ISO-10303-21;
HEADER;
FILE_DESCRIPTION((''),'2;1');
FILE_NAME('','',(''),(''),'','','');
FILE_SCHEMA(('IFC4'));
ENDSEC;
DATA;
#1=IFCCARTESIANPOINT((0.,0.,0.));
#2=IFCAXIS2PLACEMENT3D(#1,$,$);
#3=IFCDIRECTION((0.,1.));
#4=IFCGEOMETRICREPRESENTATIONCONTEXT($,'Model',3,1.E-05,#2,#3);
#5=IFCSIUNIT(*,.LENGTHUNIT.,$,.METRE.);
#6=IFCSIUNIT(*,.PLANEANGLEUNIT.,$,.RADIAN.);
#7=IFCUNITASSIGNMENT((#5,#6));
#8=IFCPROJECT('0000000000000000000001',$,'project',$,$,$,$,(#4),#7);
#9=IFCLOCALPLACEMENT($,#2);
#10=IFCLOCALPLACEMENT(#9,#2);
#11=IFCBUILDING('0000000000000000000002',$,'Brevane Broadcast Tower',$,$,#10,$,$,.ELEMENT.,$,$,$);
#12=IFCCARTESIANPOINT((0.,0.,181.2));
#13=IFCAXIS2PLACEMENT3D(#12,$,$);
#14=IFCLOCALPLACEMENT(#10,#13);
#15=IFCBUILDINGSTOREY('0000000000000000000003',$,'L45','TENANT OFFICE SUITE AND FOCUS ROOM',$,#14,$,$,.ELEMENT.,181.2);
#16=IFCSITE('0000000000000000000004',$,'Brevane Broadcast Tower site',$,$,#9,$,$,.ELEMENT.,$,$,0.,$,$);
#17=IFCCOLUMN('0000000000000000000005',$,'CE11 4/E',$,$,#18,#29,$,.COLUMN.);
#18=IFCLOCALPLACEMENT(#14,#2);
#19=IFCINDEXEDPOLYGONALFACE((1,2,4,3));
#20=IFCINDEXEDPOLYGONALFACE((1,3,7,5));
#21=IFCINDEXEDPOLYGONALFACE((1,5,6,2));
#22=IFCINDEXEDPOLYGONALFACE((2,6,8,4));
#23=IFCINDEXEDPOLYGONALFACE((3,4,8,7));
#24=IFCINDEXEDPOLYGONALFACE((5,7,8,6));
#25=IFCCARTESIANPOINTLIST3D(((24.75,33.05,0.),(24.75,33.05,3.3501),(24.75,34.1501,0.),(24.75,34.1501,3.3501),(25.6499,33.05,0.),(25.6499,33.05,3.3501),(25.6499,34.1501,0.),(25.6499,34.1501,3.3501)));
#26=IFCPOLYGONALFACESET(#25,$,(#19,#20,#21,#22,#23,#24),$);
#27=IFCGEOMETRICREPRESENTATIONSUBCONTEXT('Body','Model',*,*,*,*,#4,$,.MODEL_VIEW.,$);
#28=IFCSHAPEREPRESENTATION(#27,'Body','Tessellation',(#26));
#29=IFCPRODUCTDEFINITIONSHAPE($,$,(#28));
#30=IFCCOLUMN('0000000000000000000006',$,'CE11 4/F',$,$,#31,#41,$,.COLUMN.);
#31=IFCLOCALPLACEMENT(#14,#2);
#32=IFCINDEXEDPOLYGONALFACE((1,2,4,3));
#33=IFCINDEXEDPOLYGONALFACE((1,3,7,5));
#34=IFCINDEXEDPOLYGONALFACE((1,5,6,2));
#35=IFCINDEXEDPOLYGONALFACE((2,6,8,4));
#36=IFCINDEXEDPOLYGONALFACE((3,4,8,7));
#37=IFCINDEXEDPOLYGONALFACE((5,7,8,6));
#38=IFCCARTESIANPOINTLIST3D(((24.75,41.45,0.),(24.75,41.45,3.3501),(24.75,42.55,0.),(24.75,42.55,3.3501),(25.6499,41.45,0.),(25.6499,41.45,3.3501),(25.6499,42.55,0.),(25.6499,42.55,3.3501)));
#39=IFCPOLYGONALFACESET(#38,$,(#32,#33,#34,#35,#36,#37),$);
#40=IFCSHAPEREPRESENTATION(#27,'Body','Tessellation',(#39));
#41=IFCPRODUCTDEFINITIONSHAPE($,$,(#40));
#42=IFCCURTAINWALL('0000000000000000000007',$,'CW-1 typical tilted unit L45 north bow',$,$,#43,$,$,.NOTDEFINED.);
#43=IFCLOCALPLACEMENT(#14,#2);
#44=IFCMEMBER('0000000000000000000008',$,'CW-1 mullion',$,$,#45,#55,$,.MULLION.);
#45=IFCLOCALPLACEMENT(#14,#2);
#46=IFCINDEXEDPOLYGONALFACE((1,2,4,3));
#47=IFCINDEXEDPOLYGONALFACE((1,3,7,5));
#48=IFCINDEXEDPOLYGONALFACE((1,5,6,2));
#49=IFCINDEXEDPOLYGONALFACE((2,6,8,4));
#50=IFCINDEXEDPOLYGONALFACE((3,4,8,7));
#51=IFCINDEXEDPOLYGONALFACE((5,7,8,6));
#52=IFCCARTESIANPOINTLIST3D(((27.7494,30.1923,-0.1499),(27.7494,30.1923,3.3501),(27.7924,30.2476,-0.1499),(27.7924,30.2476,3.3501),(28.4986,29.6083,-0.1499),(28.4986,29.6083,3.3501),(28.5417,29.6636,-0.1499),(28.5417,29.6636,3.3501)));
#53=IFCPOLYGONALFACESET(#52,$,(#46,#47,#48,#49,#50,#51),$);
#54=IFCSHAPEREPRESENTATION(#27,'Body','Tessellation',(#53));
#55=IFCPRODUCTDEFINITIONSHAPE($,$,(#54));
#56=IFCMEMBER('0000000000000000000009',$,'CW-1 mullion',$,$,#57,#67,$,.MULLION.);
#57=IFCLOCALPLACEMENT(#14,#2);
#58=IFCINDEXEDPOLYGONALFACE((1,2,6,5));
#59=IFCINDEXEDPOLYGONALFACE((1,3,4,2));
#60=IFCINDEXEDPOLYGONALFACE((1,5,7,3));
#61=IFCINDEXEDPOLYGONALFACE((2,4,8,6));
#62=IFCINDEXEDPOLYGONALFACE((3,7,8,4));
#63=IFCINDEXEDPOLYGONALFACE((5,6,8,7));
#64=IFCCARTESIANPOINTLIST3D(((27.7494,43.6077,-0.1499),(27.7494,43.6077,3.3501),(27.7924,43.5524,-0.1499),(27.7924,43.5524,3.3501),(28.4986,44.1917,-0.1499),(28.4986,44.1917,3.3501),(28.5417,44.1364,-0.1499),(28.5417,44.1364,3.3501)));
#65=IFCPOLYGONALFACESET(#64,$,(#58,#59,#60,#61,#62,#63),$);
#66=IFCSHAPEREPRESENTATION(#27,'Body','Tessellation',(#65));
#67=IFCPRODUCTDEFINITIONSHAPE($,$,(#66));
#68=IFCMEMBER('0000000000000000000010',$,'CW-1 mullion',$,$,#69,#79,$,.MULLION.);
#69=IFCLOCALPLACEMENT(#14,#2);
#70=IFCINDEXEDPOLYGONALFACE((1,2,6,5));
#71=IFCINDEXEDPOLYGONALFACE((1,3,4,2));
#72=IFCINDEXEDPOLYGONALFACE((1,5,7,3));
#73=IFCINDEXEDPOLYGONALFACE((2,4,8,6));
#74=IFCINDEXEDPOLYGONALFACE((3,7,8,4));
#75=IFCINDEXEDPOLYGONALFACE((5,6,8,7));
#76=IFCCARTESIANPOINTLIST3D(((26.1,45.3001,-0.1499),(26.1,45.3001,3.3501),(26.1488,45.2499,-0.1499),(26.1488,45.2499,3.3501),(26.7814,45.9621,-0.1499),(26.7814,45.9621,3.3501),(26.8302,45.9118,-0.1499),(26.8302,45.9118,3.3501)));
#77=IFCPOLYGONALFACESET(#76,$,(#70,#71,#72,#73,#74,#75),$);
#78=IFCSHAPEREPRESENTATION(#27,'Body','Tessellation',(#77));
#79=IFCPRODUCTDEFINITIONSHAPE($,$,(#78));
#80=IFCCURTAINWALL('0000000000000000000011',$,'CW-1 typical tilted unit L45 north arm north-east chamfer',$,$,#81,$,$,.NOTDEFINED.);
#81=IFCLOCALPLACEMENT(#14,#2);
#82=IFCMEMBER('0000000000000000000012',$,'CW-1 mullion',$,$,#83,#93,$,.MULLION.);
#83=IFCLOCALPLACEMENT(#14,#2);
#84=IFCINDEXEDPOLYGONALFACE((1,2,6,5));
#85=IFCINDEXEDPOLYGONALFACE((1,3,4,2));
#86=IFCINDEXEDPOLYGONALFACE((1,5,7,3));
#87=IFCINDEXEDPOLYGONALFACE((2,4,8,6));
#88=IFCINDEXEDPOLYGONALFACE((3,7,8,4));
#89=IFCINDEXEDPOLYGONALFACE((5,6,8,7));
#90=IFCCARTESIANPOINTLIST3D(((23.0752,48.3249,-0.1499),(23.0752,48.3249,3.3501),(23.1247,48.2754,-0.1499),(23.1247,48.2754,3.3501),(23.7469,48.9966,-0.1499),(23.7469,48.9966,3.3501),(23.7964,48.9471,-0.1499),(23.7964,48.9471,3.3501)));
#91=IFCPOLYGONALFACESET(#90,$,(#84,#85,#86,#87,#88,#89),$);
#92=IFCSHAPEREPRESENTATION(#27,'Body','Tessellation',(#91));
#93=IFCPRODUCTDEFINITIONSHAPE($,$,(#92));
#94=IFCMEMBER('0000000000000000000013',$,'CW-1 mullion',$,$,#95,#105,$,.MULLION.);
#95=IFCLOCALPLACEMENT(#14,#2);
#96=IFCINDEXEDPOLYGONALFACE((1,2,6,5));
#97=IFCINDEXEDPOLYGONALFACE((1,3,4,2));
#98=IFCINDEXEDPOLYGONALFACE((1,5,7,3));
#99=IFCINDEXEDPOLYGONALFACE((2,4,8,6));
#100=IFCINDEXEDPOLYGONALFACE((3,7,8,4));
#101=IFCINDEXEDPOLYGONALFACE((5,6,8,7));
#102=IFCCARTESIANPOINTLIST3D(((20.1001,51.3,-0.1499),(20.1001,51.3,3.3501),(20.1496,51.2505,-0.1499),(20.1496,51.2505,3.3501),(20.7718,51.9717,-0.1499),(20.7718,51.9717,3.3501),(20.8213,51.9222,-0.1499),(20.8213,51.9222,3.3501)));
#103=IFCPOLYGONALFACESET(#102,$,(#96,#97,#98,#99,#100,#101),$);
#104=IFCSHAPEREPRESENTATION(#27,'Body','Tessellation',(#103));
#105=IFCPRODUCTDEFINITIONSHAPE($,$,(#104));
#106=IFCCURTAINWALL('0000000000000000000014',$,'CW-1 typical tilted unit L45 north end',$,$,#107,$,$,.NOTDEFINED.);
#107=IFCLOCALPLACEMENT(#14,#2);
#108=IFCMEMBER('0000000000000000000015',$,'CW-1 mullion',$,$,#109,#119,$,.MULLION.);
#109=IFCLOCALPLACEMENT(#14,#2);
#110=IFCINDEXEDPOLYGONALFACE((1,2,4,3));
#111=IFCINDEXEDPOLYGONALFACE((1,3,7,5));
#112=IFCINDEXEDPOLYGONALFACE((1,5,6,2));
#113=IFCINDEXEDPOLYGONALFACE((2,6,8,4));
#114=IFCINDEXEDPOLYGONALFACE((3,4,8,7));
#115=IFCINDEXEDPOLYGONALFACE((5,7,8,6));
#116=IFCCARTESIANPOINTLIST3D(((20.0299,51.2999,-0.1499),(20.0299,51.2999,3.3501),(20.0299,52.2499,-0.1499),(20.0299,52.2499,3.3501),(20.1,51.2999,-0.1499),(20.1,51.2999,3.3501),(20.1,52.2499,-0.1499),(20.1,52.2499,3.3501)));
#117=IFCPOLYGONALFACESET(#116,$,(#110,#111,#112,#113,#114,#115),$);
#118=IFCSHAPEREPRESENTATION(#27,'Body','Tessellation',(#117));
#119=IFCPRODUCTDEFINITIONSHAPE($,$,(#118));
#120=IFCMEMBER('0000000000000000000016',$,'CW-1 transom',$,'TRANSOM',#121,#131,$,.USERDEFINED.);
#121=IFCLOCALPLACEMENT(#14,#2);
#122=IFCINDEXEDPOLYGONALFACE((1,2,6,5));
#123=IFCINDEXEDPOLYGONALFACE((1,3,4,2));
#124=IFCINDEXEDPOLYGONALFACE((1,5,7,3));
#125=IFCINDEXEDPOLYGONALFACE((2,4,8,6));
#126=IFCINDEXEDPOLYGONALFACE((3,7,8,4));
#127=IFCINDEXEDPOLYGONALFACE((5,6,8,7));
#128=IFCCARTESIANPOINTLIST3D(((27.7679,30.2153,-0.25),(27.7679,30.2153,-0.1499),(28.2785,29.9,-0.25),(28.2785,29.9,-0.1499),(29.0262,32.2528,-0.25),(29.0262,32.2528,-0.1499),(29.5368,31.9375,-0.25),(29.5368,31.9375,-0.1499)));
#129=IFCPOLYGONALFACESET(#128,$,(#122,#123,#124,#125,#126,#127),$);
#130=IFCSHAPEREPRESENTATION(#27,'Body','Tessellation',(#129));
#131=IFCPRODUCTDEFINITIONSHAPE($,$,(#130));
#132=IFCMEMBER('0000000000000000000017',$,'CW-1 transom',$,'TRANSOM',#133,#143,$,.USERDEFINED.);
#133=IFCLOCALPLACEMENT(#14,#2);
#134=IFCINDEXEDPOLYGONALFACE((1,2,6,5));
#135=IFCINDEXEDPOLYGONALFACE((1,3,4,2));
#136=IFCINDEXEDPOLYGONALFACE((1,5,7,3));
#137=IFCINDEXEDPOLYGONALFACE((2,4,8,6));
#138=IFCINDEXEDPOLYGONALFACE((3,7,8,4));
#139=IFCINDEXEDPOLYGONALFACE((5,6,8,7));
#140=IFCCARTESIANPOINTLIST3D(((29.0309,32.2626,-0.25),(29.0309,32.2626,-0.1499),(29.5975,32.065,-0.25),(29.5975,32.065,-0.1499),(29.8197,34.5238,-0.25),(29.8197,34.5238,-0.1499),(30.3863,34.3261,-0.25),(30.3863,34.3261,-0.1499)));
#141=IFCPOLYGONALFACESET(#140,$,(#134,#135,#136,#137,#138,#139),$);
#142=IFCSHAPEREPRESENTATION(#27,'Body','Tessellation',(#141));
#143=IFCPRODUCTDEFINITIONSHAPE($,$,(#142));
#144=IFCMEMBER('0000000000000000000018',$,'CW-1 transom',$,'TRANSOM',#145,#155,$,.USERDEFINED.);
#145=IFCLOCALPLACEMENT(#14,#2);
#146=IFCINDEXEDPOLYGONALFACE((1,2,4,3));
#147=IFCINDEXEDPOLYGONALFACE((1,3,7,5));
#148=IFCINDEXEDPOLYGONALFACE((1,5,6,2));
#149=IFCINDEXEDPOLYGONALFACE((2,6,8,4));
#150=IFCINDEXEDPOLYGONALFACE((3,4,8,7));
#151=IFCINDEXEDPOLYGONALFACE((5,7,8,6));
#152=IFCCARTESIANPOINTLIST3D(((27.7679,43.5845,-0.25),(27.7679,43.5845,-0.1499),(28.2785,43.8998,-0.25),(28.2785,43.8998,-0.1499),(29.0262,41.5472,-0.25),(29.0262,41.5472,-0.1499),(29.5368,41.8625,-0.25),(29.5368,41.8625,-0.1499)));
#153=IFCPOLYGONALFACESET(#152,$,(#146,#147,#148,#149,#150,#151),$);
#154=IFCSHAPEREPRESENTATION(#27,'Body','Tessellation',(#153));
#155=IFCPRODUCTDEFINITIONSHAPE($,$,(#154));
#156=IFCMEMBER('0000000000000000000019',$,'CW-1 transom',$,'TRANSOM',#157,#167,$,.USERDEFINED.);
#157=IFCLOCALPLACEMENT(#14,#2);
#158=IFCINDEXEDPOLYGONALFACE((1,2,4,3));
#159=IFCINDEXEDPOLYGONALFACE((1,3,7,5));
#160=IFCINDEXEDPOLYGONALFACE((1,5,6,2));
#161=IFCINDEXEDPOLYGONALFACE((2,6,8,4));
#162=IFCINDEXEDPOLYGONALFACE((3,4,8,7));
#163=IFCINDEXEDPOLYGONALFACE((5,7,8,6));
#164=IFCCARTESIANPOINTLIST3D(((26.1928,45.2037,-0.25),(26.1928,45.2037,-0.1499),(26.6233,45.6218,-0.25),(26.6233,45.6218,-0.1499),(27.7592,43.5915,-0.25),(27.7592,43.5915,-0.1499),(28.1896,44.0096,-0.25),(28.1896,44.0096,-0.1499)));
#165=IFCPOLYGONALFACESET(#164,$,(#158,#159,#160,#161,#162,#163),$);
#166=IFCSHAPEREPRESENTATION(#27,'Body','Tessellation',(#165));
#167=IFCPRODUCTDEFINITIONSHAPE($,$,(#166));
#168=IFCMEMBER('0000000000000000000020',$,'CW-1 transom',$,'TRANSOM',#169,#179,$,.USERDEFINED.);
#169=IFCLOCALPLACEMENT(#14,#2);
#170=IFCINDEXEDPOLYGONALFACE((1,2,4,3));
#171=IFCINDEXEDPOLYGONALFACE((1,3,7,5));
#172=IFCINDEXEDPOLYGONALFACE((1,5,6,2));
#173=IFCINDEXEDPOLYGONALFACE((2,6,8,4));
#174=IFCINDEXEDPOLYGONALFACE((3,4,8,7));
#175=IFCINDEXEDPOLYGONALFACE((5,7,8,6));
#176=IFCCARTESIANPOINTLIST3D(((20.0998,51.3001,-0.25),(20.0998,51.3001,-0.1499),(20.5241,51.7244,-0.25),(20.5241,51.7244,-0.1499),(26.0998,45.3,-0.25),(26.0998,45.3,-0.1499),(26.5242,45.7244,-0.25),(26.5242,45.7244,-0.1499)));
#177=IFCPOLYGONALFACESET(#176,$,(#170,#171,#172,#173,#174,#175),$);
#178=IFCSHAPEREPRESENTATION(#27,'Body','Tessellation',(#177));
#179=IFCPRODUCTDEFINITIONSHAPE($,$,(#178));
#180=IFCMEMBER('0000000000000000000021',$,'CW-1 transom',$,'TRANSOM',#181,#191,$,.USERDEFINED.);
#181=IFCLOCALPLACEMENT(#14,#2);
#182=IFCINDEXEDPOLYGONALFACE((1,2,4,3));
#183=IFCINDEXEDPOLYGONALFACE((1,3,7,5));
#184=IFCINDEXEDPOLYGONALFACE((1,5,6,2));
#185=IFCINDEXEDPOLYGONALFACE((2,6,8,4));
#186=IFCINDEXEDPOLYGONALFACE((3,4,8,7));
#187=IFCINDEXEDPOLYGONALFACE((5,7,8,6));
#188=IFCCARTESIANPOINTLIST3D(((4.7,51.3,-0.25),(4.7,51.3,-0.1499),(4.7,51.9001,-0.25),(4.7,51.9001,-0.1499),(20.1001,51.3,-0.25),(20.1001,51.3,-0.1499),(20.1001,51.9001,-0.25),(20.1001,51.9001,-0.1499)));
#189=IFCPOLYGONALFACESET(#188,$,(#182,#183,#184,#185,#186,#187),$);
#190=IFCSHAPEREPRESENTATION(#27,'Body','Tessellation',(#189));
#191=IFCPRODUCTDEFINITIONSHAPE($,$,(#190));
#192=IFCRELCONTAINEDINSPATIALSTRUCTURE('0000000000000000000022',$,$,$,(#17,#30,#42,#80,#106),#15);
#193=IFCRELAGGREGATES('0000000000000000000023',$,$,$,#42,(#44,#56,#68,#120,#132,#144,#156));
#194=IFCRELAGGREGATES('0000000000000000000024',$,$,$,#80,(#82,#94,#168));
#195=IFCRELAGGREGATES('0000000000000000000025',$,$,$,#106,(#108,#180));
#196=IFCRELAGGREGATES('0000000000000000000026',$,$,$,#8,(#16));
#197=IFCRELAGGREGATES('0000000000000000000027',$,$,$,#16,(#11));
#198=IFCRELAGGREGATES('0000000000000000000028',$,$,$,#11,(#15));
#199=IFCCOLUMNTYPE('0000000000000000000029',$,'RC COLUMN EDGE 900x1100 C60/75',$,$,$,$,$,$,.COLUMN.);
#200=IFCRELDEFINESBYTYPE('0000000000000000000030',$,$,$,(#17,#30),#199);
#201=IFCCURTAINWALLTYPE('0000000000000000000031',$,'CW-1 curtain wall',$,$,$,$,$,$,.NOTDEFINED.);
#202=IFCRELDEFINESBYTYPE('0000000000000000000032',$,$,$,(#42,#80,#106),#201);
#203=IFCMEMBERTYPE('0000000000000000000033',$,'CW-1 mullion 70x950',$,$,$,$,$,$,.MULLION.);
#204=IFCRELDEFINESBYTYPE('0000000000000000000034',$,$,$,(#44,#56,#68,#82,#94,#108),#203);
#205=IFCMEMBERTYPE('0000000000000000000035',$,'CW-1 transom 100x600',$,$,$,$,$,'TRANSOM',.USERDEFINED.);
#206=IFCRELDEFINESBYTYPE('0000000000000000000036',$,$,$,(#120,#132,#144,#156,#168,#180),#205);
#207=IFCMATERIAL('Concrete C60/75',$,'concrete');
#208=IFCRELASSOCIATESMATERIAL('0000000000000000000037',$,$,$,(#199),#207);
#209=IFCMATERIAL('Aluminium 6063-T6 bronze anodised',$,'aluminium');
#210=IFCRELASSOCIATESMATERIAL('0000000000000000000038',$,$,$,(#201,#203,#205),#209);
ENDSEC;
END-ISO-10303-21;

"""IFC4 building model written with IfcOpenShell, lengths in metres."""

from ifc_helpers import new_model, si_unit, direction, frame, origin, origin_2d, place, context, subcontext, project, spatial, rectangle, extrude, material, material_profile, profile_set, type_object, element, aggregate, save


model = new_model("IFC4")

# Units and contexts
model_context = context("Model", 3, precision=1e-05, world=origin(), true_north=direction((0.0, 1.0)))
body_context = subcontext(model_context, "Body", "Model", "MODEL_VIEW")
ifc_project = project(units=[si_unit("LENGTHUNIT", "METRE"), si_unit("PLANEANGLEUNIT", "RADIAN")], contexts=[model_context])

# Site, building, storey
site_placement = place(None, origin())
site = spatial("IfcSite", under=ifc_project, at=site_placement, Name="Brevane Broadcast Tower site", CompositionType="ELEMENT", RefElevation=0.0)
building_placement = place(site_placement, origin())
building = spatial("IfcBuilding", under=site, at=building_placement, Name="Brevane Broadcast Tower", CompositionType="ELEMENT")
storey_placement = place(building_placement, frame((0.0, 0.0, 181.2)))
storey = spatial("IfcBuildingStorey", under=building, at=storey_placement, Name="L45", Description="TENANT OFFICE SUITE AND FOCUS ROOM", CompositionType="ELEMENT", Elevation=181.2)

# Columns
ifc_material_1 = material(Name="Concrete C60/75", Category="concrete")
ifc_material_profile_1 = material_profile(ifc_material_1, rectangle(XDim=0.8999, YDim=1.1001, at=origin_2d()), Name="RC 900x1100")
ifc_profile_set_1 = profile_set([ifc_material_profile_1], Name="Concrete C60/75")
column_type = type_object("IfcColumnType", Name="RC COLUMN EDGE 900x1100 C60/75", PredefinedType="COLUMN", material=ifc_profile_set_1)
for number, where, z_axis, x_axis, name in (
    (1, (25.2, 33.6001, 0.0), (0.0, 0.0, 1.0), (1.0, 0.0, 0.0), "CE11 4/E"),
    (2, (25.2, 42.0, 0.0), (0.0, 0.0, 1.0), (1.0, 0.0, 0.0), "CE11 4/F"),
):
    element("IfcColumn", number, at=place(storey_placement, frame(where, z_axis=z_axis, x_axis=x_axis)), inside=storey, type_object=column_type, Name=name, PredefinedType="COLUMN", context=body_context, shape_type="SweptSolid", body=[
        extrude(rectangle(XDim=0.8999, YDim=1.1001, at=origin_2d()), origin(), (0.0, 0.0, 1.0), 3.3501),
    ])

# Curtain walls, members
ifc_material_2 = material(Name="Aluminium 6063-T6 bronze anodised", Category="aluminium")
curtain_wall_type = type_object("IfcCurtainWallType", Name="CW-1 curtain wall", PredefinedType="NOTDEFINED", material=ifc_material_2)
curtain_wall_1_placement = place(storey_placement, origin())
curtain_wall_1 = element("IfcCurtainWall", 3, at=curtain_wall_1_placement, inside=storey, type_object=curtain_wall_type, Name="CW-1 typical tilted unit L45 north bow", PredefinedType="NOTDEFINED")
ifc_material_profile_2 = material_profile(ifc_material_2, rectangle(XDim=0.95, YDim=0.0701, at=origin_2d()), Name="RECT 70x950")
ifc_profile_set_2 = profile_set([ifc_material_profile_2], Name="Aluminium 6063-T6 bronze anodised")
member_type_1 = type_object("IfcMemberType", Name="CW-1 mullion 70x950", PredefinedType="MULLION", material=ifc_profile_set_2)
member_1_placement = place(storey_placement, frame((28.1455, 29.928, -0.1499), z_axis=(0.0, 0.0, 1.0), x_axis=(-0.788707, 0.61477, 0.0)))
member_1 = element("IfcMember", 4, at=member_1_placement, type_object=member_type_1, Name="CW-1 mullion", PredefinedType="MULLION", context=body_context, shape_type="SweptSolid", body=[
    extrude(rectangle(XDim=0.95, YDim=0.0701, at=origin_2d()), origin(), (0.0, 0.0, 1.0), 3.5),
])
member_2_placement = place(storey_placement, frame((28.1455, 43.8721, -0.1499), z_axis=(0.0, 0.0, 1.0), x_axis=(-0.788707, -0.61477, 0.0)))
member_2 = element("IfcMember", 5, at=member_2_placement, type_object=member_type_1, Name="CW-1 mullion", PredefinedType="MULLION", context=body_context, shape_type="SweptSolid", body=[
    extrude(rectangle(XDim=0.95, YDim=0.0701, at=origin_2d()), origin(), (0.0, 0.0, 1.0), 3.5),
])
member_3_placement = place(storey_placement, frame((26.4651, 45.606, -0.1499), z_axis=(0.0, 0.0, 1.0), x_axis=(-0.717254, -0.696812, 0.0)))
member_3 = element("IfcMember", 6, at=member_3_placement, type_object=member_type_1, Name="CW-1 mullion", PredefinedType="MULLION", context=body_context, shape_type="SweptSolid", body=[
    extrude(rectangle(XDim=0.95, YDim=0.0701, at=origin_2d()), origin(), (0.0, 0.0, 1.0), 3.5),
])
curtain_wall_2_placement = place(storey_placement, origin())
curtain_wall_2 = element("IfcCurtainWall", 7, at=curtain_wall_2_placement, inside=storey, type_object=curtain_wall_type, Name="CW-1 typical tilted unit L45 north arm north-east chamfer", PredefinedType="NOTDEFINED")
member_4_placement = place(storey_placement, frame((23.4358, 48.636, -0.1499), z_axis=(0.0, 0.0, 1.0), x_axis=(-0.707107, -0.707107, 0.0)))
member_4 = element("IfcMember", 8, at=member_4_placement, type_object=member_type_1, Name="CW-1 mullion", PredefinedType="MULLION", context=body_context, shape_type="SweptSolid", body=[
    extrude(rectangle(XDim=0.95, YDim=0.0701, at=origin_2d()), origin(), (0.0, 0.0, 1.0), 3.5),
])
member_5_placement = place(storey_placement, frame((20.4607, 51.6111, -0.1499), z_axis=(0.0, 0.0, 1.0), x_axis=(-0.707107, -0.707107, 0.0)))
member_5 = element("IfcMember", 9, at=member_5_placement, type_object=member_type_1, Name="CW-1 mullion", PredefinedType="MULLION", context=body_context, shape_type="SweptSolid", body=[
    extrude(rectangle(XDim=0.95, YDim=0.0701, at=origin_2d()), origin(), (0.0, 0.0, 1.0), 3.5),
])

# Curtain wall, member
curtain_wall_3_placement = place(storey_placement, origin())
curtain_wall_3 = element("IfcCurtainWall", 10, at=curtain_wall_3_placement, inside=storey, type_object=curtain_wall_type, Name="CW-1 typical tilted unit L45 north end", PredefinedType="NOTDEFINED")
member_6_placement = place(storey_placement, frame((20.0649, 51.7749, -0.1499), z_axis=(0.0, 0.0, 1.0), x_axis=(0.0, -1.0, 0.0)))
member_6 = element("IfcMember", 11, at=member_6_placement, type_object=member_type_1, Name="CW-1 mullion", PredefinedType="MULLION", context=body_context, shape_type="SweptSolid", body=[
    extrude(rectangle(XDim=0.95, YDim=0.0701, at=origin_2d()), origin(), (0.0, 0.0, 1.0), 3.5),
])

# Members
ifc_material_profile_3 = material_profile(ifc_material_2, rectangle(XDim=0.6001, YDim=0.1001, at=origin_2d()), Name="RECT 100x600")
ifc_profile_set_3 = profile_set([ifc_material_profile_3], Name="Aluminium 6063-T6 bronze anodised")
member_type_2 = type_object("IfcMemberType", Name="CW-1 transom 100x600", ElementType="TRANSOM", PredefinedType="USERDEFINED", material=ifc_profile_set_3)
member_7_placement = place(storey_placement, frame((28.0232, 30.0576, -0.2), z_axis=(0.525428, 0.850838, 0.0), x_axis=(-0.850838, 0.525428, 0.0)))
member_7 = element("IfcMember", 12, at=member_7_placement, type_object=member_type_2, Name="CW-1 transom", ObjectType="TRANSOM", PredefinedType="USERDEFINED", context=body_context, shape_type="SweptSolid", body=[
    extrude(rectangle(XDim=0.6001, YDim=0.1001, at=origin_2d()), origin(), (0.0, 0.0, 1.0), 2.3948),
])
member_8_placement = place(storey_placement, frame((29.3142, 32.1638, -0.2), z_axis=(0.329378, 0.944198, 0.0), x_axis=(-0.944198, 0.329378, 0.0)))
member_8 = element("IfcMember", 13, at=member_8_placement, type_object=member_type_2, Name="CW-1 transom", ObjectType="TRANSOM", PredefinedType="USERDEFINED", context=body_context, shape_type="SweptSolid", body=[
    extrude(rectangle(XDim=0.6001, YDim=0.1001, at=origin_2d()), origin(), (0.0, 0.0, 1.0), 2.3948),
])
member_9_placement = place(storey_placement, frame((29.2815, 41.7048, -0.2), z_axis=(-0.525473, 0.85081, 0.0), x_axis=(-0.85081, -0.525473, 0.0)))
member_9 = element("IfcMember", 14, at=member_9_placement, type_object=member_type_2, Name="CW-1 transom", ObjectType="TRANSOM", PredefinedType="USERDEFINED", context=body_context, shape_type="SweptSolid", body=[
    extrude(rectangle(XDim=0.6001, YDim=0.1001, at=origin_2d()), origin(), (0.0, 0.0, 1.0), 2.3945),
])
member_10_placement = place(storey_placement, frame((27.9744, 43.8005, -0.2), z_axis=(-0.696824, 0.717242, 0.0), x_axis=(-0.717242, -0.696824, 0.0)))
member_10 = element("IfcMember", 15, at=member_10_placement, type_object=member_type_2, Name="CW-1 transom", ObjectType="TRANSOM", PredefinedType="USERDEFINED", context=body_context, shape_type="SweptSolid", body=[
    extrude(rectangle(XDim=0.6001, YDim=0.1001, at=origin_2d()), origin(), (0.0, 0.0, 1.0), 2.2478),
])
aggregate(curtain_wall_1, [member_1, member_2, member_3, member_7, member_8, member_9, member_10])
member_11_placement = place(storey_placement, frame((26.312, 45.5122, -0.2), z_axis=(-0.707107, 0.707107, 0.0), x_axis=(-0.707107, -0.707107, 0.0)))
member_11 = element("IfcMember", 16, at=member_11_placement, type_object=member_type_2, Name="CW-1 transom", ObjectType="TRANSOM", PredefinedType="USERDEFINED", context=body_context, shape_type="SweptSolid", body=[
    extrude(rectangle(XDim=0.6001, YDim=0.1001, at=origin_2d()), origin(), (0.0, 0.0, 1.0), 8.4854),
])
aggregate(curtain_wall_2, [member_4, member_5, member_11])
member_12_placement = place(storey_placement, frame((20.1001, 51.6001, -0.2), z_axis=(-1.0, 0.0, 0.0), x_axis=(0.0, -1.0, 0.0)))
member_12 = element("IfcMember", 17, at=member_12_placement, type_object=member_type_2, Name="CW-1 transom", ObjectType="TRANSOM", PredefinedType="USERDEFINED", context=body_context, shape_type="SweptSolid", body=[
    extrude(rectangle(XDim=0.6001, YDim=0.1001, at=origin_2d()), origin(), (0.0, 0.0, 1.0), 15.4001),
])
aggregate(curtain_wall_3, [member_6, member_12])

save(model, "model.ifc")
